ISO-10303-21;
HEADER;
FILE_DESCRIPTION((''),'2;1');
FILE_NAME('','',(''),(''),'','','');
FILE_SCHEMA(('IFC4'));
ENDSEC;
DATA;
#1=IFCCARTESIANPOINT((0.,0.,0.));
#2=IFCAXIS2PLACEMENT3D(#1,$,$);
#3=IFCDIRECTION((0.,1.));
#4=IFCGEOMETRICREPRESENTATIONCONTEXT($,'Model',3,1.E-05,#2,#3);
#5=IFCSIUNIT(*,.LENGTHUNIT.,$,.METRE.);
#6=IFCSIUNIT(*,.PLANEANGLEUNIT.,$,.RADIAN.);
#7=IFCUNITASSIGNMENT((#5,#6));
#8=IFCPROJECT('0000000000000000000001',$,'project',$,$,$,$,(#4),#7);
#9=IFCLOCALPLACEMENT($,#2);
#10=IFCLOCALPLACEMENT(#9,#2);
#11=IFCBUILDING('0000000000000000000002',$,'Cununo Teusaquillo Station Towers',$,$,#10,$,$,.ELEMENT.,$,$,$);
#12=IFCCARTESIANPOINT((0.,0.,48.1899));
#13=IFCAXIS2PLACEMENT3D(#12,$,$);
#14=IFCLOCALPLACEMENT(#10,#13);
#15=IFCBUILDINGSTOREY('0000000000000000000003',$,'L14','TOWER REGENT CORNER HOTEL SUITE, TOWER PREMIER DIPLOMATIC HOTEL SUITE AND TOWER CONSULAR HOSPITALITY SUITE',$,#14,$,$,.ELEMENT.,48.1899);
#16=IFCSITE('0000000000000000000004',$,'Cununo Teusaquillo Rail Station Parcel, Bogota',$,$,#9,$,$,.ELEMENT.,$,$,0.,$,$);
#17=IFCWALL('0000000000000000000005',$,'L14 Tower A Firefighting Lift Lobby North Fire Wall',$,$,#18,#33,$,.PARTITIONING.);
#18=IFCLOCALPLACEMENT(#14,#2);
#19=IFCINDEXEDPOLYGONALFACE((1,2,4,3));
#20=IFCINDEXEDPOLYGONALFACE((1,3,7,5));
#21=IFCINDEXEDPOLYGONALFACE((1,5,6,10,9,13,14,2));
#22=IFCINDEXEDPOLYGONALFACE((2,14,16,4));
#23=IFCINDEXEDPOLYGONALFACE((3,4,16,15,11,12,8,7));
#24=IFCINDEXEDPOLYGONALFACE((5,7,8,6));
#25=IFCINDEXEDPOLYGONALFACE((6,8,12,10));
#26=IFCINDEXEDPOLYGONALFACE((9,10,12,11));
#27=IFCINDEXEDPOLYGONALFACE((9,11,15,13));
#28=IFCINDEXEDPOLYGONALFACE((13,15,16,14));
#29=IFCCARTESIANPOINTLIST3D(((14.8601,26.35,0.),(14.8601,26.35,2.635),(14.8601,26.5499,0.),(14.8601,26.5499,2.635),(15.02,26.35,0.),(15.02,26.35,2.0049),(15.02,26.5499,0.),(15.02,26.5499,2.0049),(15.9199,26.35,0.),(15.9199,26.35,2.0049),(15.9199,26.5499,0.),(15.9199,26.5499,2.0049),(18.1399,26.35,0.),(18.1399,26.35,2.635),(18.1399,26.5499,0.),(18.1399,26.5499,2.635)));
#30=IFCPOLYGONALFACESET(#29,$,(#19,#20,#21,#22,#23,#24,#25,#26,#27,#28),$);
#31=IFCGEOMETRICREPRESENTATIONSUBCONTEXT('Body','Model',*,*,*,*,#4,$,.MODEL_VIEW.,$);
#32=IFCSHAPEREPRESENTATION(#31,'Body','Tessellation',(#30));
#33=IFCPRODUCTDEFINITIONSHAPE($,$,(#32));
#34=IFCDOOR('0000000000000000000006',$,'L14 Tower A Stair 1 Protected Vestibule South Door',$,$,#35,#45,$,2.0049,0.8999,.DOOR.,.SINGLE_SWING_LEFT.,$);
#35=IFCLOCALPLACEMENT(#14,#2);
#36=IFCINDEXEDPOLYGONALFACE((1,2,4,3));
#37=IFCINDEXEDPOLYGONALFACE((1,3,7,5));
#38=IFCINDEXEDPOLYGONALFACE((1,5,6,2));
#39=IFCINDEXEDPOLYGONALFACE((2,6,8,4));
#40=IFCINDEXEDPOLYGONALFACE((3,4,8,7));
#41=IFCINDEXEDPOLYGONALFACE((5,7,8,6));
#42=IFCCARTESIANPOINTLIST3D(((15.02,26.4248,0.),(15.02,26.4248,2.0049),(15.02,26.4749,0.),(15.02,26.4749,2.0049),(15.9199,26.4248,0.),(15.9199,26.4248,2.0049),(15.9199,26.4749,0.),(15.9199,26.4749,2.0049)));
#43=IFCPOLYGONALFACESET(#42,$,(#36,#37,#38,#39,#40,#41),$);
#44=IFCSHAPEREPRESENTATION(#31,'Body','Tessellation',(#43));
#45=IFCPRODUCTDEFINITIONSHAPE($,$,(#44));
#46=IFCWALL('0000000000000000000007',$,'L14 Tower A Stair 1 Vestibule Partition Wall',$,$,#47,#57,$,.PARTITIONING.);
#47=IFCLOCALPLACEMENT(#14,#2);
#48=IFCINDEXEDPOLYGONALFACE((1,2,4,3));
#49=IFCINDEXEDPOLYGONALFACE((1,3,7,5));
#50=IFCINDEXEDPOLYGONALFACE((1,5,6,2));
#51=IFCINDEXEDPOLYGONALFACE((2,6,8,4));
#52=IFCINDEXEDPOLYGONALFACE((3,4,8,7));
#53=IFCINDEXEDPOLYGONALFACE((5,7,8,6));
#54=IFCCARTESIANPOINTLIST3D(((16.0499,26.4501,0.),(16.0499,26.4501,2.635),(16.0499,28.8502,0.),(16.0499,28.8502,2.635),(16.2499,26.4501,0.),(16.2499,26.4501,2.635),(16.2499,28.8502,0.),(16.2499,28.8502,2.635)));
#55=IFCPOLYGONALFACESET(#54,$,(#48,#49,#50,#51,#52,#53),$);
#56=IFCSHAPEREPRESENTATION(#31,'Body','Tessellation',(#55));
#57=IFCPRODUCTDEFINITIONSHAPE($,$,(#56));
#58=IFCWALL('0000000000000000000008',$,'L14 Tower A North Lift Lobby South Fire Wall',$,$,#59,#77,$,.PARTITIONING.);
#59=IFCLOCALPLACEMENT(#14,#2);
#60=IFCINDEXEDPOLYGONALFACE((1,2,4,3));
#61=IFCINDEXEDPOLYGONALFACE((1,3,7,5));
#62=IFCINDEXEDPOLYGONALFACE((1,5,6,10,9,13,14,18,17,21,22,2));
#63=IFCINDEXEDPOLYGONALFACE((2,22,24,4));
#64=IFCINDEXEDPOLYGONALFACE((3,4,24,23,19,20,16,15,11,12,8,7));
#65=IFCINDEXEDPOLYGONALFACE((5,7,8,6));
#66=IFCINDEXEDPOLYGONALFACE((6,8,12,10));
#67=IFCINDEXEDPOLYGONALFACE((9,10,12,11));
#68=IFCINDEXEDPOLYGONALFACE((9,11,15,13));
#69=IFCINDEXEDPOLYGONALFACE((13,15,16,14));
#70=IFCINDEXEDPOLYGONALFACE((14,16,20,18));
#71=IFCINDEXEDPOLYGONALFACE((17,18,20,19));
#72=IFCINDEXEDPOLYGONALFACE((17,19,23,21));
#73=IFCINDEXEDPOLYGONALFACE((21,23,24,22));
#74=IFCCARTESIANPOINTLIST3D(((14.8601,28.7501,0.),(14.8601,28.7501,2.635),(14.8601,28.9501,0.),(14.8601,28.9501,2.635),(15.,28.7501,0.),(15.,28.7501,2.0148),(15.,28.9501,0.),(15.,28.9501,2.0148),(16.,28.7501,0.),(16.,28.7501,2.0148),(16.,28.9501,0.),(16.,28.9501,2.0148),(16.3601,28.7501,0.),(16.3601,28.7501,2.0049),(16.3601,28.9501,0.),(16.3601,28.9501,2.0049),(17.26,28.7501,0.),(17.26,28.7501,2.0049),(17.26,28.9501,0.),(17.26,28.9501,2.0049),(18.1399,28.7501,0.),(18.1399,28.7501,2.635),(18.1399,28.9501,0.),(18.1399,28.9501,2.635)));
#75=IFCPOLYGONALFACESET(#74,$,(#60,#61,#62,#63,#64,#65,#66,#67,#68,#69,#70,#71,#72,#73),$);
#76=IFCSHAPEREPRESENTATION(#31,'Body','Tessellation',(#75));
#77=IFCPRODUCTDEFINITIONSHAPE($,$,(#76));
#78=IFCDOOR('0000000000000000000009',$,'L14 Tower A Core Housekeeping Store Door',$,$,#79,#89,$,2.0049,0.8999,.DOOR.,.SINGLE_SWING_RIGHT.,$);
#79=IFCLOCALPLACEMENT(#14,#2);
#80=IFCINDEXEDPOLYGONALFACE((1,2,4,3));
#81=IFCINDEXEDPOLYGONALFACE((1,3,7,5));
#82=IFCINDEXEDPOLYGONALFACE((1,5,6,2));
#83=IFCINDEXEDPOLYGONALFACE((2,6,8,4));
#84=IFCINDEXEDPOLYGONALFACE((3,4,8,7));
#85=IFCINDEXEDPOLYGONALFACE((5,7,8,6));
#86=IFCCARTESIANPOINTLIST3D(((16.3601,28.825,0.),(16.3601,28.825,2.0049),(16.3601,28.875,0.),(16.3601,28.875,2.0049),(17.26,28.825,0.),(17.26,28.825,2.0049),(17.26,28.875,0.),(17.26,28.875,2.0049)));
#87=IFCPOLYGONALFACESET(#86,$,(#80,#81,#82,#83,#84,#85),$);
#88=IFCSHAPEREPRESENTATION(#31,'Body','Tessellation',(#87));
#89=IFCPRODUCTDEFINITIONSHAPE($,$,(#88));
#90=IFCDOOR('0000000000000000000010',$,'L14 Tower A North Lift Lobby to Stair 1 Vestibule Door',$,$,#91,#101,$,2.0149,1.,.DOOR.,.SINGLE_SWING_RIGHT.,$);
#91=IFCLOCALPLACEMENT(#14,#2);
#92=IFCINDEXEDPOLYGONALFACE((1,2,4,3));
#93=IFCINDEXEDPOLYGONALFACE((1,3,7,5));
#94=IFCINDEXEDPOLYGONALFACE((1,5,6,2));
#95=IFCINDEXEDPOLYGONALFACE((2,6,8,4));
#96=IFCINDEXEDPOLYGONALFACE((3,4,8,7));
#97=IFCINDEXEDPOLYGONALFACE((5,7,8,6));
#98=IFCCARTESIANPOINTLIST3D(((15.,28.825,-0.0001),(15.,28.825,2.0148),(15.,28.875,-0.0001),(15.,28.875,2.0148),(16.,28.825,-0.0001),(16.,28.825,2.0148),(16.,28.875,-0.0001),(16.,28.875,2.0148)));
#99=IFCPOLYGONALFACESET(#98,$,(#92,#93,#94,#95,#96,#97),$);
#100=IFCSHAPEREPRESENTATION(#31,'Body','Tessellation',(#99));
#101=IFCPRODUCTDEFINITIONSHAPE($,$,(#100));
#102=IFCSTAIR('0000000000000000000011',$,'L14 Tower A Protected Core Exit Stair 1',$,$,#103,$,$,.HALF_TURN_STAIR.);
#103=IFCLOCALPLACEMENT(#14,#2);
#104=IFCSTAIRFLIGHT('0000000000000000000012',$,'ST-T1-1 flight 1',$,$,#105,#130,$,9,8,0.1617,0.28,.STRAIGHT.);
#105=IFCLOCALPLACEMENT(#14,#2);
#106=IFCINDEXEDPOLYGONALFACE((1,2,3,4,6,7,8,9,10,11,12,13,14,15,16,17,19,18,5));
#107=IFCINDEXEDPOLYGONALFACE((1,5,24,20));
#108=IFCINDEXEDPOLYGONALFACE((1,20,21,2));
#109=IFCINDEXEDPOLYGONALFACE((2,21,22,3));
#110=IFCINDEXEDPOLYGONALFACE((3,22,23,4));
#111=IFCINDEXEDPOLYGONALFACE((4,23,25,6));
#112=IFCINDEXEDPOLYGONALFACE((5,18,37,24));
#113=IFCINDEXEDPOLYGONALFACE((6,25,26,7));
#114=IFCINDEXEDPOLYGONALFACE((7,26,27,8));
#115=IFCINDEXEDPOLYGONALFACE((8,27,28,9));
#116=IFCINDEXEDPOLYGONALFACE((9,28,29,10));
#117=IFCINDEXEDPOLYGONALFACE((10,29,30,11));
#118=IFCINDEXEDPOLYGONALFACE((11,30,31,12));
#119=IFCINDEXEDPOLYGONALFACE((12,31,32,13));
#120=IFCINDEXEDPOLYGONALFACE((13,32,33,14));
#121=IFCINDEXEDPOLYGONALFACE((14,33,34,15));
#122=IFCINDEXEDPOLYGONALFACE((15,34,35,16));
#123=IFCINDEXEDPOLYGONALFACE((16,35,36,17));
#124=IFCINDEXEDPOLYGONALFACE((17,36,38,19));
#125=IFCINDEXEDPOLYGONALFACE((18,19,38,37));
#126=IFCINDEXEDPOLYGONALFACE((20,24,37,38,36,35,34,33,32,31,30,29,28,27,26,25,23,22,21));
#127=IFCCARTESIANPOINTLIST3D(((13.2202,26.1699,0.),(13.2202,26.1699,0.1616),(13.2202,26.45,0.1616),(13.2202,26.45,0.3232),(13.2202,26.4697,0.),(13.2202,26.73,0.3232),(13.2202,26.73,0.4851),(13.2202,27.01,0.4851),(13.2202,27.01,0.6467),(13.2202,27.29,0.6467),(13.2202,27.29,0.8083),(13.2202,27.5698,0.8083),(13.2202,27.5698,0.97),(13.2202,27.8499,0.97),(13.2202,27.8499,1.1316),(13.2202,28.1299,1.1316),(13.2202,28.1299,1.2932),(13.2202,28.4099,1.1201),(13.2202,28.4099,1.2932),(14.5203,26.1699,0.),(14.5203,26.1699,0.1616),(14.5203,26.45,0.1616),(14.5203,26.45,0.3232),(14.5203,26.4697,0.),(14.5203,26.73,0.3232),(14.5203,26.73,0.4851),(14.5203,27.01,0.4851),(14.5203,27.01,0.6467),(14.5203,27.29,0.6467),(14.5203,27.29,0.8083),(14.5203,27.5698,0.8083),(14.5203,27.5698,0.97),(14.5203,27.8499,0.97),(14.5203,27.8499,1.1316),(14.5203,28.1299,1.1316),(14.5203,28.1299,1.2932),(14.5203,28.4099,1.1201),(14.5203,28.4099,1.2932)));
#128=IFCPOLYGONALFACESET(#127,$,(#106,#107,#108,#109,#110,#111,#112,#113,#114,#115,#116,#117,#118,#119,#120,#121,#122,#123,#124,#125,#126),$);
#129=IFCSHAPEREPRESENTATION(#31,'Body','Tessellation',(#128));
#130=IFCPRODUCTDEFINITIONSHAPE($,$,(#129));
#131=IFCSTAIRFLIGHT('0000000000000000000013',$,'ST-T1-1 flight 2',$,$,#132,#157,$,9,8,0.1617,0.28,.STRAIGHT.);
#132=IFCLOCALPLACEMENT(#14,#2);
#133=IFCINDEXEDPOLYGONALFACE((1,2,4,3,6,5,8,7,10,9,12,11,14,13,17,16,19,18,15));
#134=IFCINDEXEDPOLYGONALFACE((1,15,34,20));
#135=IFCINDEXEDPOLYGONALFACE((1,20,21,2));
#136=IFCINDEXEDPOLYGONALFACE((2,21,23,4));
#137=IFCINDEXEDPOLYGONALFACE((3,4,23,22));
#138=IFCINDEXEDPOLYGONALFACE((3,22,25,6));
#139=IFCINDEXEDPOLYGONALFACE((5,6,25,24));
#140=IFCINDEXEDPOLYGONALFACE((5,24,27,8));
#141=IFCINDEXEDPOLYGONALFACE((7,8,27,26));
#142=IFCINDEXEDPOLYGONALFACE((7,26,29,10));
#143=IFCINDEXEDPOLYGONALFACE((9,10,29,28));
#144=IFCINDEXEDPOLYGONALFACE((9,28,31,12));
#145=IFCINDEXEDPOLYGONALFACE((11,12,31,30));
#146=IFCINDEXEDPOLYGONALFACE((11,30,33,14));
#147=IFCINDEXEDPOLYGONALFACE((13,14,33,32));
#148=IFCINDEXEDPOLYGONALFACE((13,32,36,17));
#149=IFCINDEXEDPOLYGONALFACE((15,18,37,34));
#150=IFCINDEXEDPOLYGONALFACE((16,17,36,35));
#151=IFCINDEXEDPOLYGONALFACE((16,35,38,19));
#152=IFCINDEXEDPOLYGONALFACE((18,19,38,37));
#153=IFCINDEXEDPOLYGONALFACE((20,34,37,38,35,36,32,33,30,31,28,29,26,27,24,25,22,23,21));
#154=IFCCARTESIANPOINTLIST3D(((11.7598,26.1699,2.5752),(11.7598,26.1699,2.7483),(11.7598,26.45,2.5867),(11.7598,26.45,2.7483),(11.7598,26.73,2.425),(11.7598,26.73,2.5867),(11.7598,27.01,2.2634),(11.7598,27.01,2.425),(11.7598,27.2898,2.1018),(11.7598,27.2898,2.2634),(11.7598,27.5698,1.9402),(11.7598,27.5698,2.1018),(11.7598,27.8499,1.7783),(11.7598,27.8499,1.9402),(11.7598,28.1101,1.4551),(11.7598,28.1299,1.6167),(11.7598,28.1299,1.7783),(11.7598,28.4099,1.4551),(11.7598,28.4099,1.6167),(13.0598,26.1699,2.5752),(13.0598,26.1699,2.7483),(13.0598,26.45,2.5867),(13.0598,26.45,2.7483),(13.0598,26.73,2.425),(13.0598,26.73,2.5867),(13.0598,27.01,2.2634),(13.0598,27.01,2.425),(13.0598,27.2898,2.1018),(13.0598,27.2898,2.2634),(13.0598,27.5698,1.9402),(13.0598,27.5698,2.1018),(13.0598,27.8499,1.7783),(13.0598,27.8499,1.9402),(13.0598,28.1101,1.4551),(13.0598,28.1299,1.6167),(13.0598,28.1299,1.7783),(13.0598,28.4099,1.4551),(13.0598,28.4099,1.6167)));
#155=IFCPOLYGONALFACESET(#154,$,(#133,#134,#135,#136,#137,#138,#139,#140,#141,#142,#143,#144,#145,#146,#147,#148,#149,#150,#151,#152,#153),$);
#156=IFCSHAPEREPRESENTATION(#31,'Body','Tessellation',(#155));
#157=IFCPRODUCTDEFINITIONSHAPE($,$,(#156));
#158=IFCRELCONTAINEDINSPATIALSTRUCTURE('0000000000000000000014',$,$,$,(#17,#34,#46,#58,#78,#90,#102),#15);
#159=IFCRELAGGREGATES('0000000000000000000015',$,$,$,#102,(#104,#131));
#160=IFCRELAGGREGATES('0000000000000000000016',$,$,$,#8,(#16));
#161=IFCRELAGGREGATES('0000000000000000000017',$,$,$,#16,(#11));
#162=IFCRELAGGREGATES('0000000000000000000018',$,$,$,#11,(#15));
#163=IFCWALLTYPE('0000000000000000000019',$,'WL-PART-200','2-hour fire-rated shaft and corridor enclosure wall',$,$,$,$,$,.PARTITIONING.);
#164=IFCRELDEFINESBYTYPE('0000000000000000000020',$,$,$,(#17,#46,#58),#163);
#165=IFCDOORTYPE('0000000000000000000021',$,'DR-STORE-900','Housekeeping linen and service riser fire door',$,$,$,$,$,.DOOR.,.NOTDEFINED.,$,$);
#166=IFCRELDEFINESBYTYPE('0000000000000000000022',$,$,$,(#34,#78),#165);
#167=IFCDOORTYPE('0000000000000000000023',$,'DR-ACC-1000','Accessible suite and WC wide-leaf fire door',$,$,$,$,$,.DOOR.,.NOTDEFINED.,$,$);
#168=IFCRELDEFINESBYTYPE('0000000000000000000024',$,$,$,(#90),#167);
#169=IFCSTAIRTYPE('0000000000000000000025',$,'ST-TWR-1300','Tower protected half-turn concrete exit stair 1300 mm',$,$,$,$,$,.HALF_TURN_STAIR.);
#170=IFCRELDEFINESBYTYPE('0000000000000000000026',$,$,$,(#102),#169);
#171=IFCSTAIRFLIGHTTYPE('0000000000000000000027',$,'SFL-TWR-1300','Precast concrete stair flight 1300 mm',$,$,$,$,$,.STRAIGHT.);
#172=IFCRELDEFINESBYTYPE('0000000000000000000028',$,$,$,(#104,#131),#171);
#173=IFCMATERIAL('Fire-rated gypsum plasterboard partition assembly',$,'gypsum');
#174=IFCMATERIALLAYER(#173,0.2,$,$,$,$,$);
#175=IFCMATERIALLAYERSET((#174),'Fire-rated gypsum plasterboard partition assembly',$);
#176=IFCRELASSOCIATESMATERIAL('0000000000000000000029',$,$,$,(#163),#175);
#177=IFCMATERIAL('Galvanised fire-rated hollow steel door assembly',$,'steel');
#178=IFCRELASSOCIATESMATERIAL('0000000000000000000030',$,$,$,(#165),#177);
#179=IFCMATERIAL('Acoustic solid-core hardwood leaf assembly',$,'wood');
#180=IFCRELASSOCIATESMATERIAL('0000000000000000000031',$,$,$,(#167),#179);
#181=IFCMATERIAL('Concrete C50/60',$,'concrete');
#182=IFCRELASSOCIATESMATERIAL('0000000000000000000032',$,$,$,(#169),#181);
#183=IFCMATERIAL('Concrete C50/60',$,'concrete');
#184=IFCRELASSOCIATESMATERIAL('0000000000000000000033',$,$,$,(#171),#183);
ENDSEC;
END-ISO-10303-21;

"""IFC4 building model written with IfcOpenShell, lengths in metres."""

from ifc_helpers import new_model, si_unit, direction, frame, frame_2d, origin, place, context, subcontext, project, spatial, polyline, rectangle, outline, extrude, source, transform, mapped, material, layer, layer_set, type_object, element, fill, aggregate, save


model = new_model("IFC4")

# Units and contexts
model_context = context("Model", 3, precision=1e-05, world=origin(), true_north=direction((0.0, 1.0)))
body_context = subcontext(model_context, "Body", "Model", "MODEL_VIEW")
ifc_project = project(units=[si_unit("LENGTHUNIT", "METRE"), si_unit("PLANEANGLEUNIT", "RADIAN")], contexts=[model_context])

# Site, building, storey
site_placement = place(None, origin())
site = spatial("IfcSite", under=ifc_project, at=site_placement, Name="Cununo Teusaquillo Rail Station Parcel, Bogota", CompositionType="ELEMENT", RefElevation=0.0)
building_placement = place(site_placement, origin())
building = spatial("IfcBuilding", under=site, at=building_placement, Name="Cununo Teusaquillo Station Towers", CompositionType="ELEMENT")
storey_placement = place(building_placement, frame((0.0, 0.0, 48.1899)))
storey = spatial("IfcBuildingStorey", under=building, at=storey_placement, Name="L14", Description="TOWER REGENT CORNER HOTEL SUITE, TOWER PREMIER DIPLOMATIC HOTEL SUITE AND TOWER CONSULAR HOSPITALITY SUITE", CompositionType="ELEMENT", Elevation=48.1899)

# Shared definitions
shared_shape_1 = source(origin(), body_context, "Body", "SweptSolid", [
    extrude(rectangle(XDim=0.8999, YDim=2.0049, at=frame_2d((0.45, 1.0024))), frame((0.0, 0.0249, 0.0), z_axis=(0.0, -1.0, 0.0), x_axis=(1.0, 0.0, 0.0)), (0.0, 0.0, 1.0), 0.05),
])

# Wall, opening, door
ifc_material_1 = material(Name="Fire-rated gypsum plasterboard partition assembly", Category="gypsum")
ifc_layer_1 = layer(ifc_material_1, 0.2)
ifc_layer_set_1 = layer_set([ifc_layer_1], Name="Fire-rated gypsum plasterboard partition assembly")
wall_type_1 = type_object("IfcWallType", Name="WL-PART-200", Description="2-hour fire-rated shaft and corridor enclosure wall", PredefinedType="PARTITIONING", material=ifc_layer_set_1)
wall_1_placement = place(storey_placement, frame((14.8601, 26.45, 0.0), z_axis=(0.0, 0.0, 1.0), x_axis=(1.0, 0.0, 0.0)))
wall_1 = element("IfcWall", 1, at=wall_1_placement, inside=storey, type_object=wall_type_1, Name="L14 Tower A Firefighting Lift Lobby North Fire Wall", PredefinedType="PARTITIONING", context=body_context, shape_type="SweptSolid", body=[
    extrude(rectangle(XDim=3.2798, YDim=0.2, at=frame_2d((1.6399, 0.0))), origin(), (0.0, 0.0, 1.0), 2.635),
])
shared_shape_2 = source(origin(), body_context, "Body", "SweptSolid", [
    extrude(rectangle(XDim=0.8999, YDim=2.0049, at=frame_2d((0.45, 1.0024))), frame((0.0, 0.1099, 0.0), z_axis=(0.0, -1.0, 0.0), x_axis=(1.0, 0.0, 0.0)), (0.0, 0.0, 1.0), 0.22),
])
opening_1_placement = place(wall_1_placement, frame((0.1599, 0.0, 0.0)))
opening_1 = element("IfcOpeningElement", 2, at=opening_1_placement, cuts=wall_1, PredefinedType="OPENING", context=body_context, shape_type="MappedRepresentation", body=[
    mapped(shared_shape_2, transform((0.0, 0.0, 0.0), x_axis=(1.0, 0.0, 0.0), y_axis=(0.0, 1.0, 0.0), z_axis=(0.0, 0.0, 1.0), scale=1.0)),
])
ifc_material_2 = material(Name="Galvanised fire-rated hollow steel door assembly", Category="steel")
door_type_1 = type_object("IfcDoorType", Name="DR-STORE-900", Description="Housekeeping linen and service riser fire door", OperationType="NOTDEFINED", PredefinedType="DOOR", material=ifc_material_2)
door_1_placement = place(opening_1_placement, origin())
door_1 = element("IfcDoor", 3, at=door_1_placement, inside=storey, type_object=door_type_1, Name="L14 Tower A Stair 1 Protected Vestibule South Door", OperationType="SINGLE_SWING_LEFT", OverallHeight=2.0049, OverallWidth=0.8999, PredefinedType="DOOR", context=body_context, shape_type="MappedRepresentation", body=[
    mapped(shared_shape_1, transform((0.0, 0.0, 0.0), x_axis=(1.0, 0.0, 0.0), y_axis=(0.0, 1.0, 0.0), z_axis=(0.0, 0.0, 1.0), scale=1.0)),
])
fill(opening_1, door_1)

# Wall
wall_2_placement = place(storey_placement, frame((16.1499, 26.45, 0.0), z_axis=(0.0, 0.0, 1.0), x_axis=(0.0, 1.0, 0.0)))
element("IfcWall", 4, at=wall_2_placement, inside=storey, type_object=wall_type_1, Name="L14 Tower A Stair 1 Vestibule Partition Wall", PredefinedType="PARTITIONING", context=body_context, shape_type="SweptSolid", body=[
    extrude(rectangle(XDim=2.4001, YDim=0.2, at=frame_2d((1.2002, 0.0))), origin(), (0.0, 0.0, 1.0), 2.635),
])

# Wall, openings, doors
wall_3_placement = place(storey_placement, frame((14.8601, 28.8501, 0.0), z_axis=(0.0, 0.0, 1.0), x_axis=(1.0, 0.0, 0.0)))
wall_3 = element("IfcWall", 5, at=wall_3_placement, inside=storey, type_object=wall_type_1, Name="L14 Tower A North Lift Lobby South Fire Wall", PredefinedType="PARTITIONING", context=body_context, shape_type="SweptSolid", body=[
    extrude(rectangle(XDim=3.2798, YDim=0.2, at=frame_2d((1.6399, 0.0))), origin(), (0.0, 0.0, 1.0), 2.635),
])
shared_shape_3 = source(origin(), body_context, "Body", "SweptSolid", [
    extrude(rectangle(XDim=1.0, YDim=2.0149, at=frame_2d((0.5, 1.0073))), frame((0.0, 0.1099, 0.0), z_axis=(0.0, -1.0, 0.0), x_axis=(1.0, 0.0, 0.0)), (0.0, 0.0, 1.0), 0.22),
])
opening_2_placement = place(wall_3_placement, frame((0.1399, 0.0, 0.0)))
opening_2 = element("IfcOpeningElement", 6, at=opening_2_placement, cuts=wall_3, PredefinedType="OPENING", context=body_context, shape_type="MappedRepresentation", body=[
    mapped(shared_shape_3, transform((0.0, 0.0, 0.0), x_axis=(1.0, 0.0, 0.0), y_axis=(0.0, 1.0, 0.0), z_axis=(0.0, 0.0, 1.0), scale=1.0)),
])
opening_3_placement = place(wall_3_placement, frame((1.5, 0.0, 0.0)))
opening_3 = element("IfcOpeningElement", 7, at=opening_3_placement, cuts=wall_3, PredefinedType="OPENING", context=body_context, shape_type="MappedRepresentation", body=[
    mapped(shared_shape_2, transform((0.0, 0.0, 0.0), x_axis=(1.0, 0.0, 0.0), y_axis=(0.0, 1.0, 0.0), z_axis=(0.0, 0.0, 1.0), scale=1.0)),
])
door_2_placement = place(opening_3_placement, origin())
door_2 = element("IfcDoor", 8, at=door_2_placement, inside=storey, type_object=door_type_1, Name="L14 Tower A Core Housekeeping Store Door", OperationType="SINGLE_SWING_RIGHT", OverallHeight=2.0049, OverallWidth=0.8999, PredefinedType="DOOR", context=body_context, shape_type="MappedRepresentation", body=[
    mapped(shared_shape_1, transform((0.0, 0.0, 0.0), x_axis=(1.0, 0.0, 0.0), y_axis=(0.0, 1.0, 0.0), z_axis=(0.0, 0.0, 1.0), scale=1.0)),
])
fill(opening_3, door_2)
ifc_material_3 = material(Name="Acoustic solid-core hardwood leaf assembly", Category="wood")
door_type_2 = type_object("IfcDoorType", Name="DR-ACC-1000", Description="Accessible suite and WC wide-leaf fire door", OperationType="NOTDEFINED", PredefinedType="DOOR", material=ifc_material_3)
shared_shape_4 = source(origin(), body_context, "Body", "SweptSolid", [
    extrude(rectangle(XDim=1.0, YDim=2.0149, at=frame_2d((0.5, 1.0073))), frame((0.0, 0.0249, 0.0), z_axis=(0.0, -1.0, 0.0), x_axis=(1.0, 0.0, 0.0)), (0.0, 0.0, 1.0), 0.05),
])
door_3_placement = place(opening_2_placement, origin())
door_3 = element("IfcDoor", 9, at=door_3_placement, inside=storey, type_object=door_type_2, Name="L14 Tower A North Lift Lobby to Stair 1 Vestibule Door", OperationType="SINGLE_SWING_RIGHT", OverallHeight=2.0149, OverallWidth=1.0, PredefinedType="DOOR", context=body_context, shape_type="MappedRepresentation", body=[
    mapped(shared_shape_4, transform((0.0, 0.0, 0.0), x_axis=(1.0, 0.0, 0.0), y_axis=(0.0, 1.0, 0.0), z_axis=(0.0, 0.0, 1.0), scale=1.0)),
])
fill(opening_2, door_3)

# Stair, stair flights
ifc_material_4 = material(Name="Concrete C50/60", Category="concrete")
stair_type = type_object("IfcStairType", Name="ST-TWR-1300", Description="Tower protected half-turn concrete exit stair 1300 mm", PredefinedType="HALF_TURN_STAIR", material=ifc_material_4)
stair_placement = place(storey_placement, origin())
stair = element("IfcStair", 10, at=stair_placement, inside=storey, type_object=stair_type, Name="L14 Tower A Protected Core Exit Stair 1", PredefinedType="HALF_TURN_STAIR")
ifc_material_5 = material(Name="Concrete C50/60", Category="concrete")
stair_flight_type = type_object("IfcStairFlightType", Name="SFL-TWR-1300", Description="Precast concrete stair flight 1300 mm", PredefinedType="STRAIGHT", material=ifc_material_5)
stair_flight_1_placement = place(storey_placement, frame((13.8701, 26.1699, 0.0), z_axis=(0.0, 0.0, 1.0), x_axis=(0.0, 1.0, 0.0)))
stair_flight_1 = element("IfcStairFlight", 11, at=stair_flight_1_placement, type_object=stair_flight_type, Name="ST-T1-1 flight 1", NumberOfRisers=9, NumberOfTreads=8, PredefinedType="STRAIGHT", RiserHeight=0.1617, TreadLength=0.28, context=body_context, shape_type="SweptSolid", body=[
    extrude(outline(polyline([(0.0, 0.0), (0.0, 0.1616), (0.28, 0.1616), (0.28, 0.3232), (0.5601, 0.3232), (0.5601, 0.4851), (0.8401, 0.4851), (0.8401, 0.6467), (1.1201, 0.6467), (1.1201, 0.8083), (1.3999, 0.8083), (1.3999, 0.97), (1.6799, 0.97), (1.6799, 1.1316), (1.96, 1.1316), (1.96, 1.2932), (2.24, 1.2932), (2.24, 1.4551), (2.24, 1.1201), (0.2998, 0.0), (0.0, 0.0)])), frame((0.0, 0.6499, 0.0), z_axis=(0.0, -1.0, 0.0), x_axis=(1.0, 0.0, 0.0)), (0.0, 0.0, 1.0), 1.3),
])
stair_flight_2_placement = place(storey_placement, frame((12.4099, 28.4099, 1.4551), z_axis=(0.0, 0.0, 1.0), x_axis=(0.0, -1.0, 0.0)))
stair_flight_2 = element("IfcStairFlight", 12, at=stair_flight_2_placement, type_object=stair_flight_type, Name="ST-T1-1 flight 2", NumberOfRisers=9, NumberOfTreads=8, PredefinedType="STRAIGHT", RiserHeight=0.1617, TreadLength=0.28, context=body_context, shape_type="SweptSolid", body=[
    extrude(outline(polyline([(0.0, 0.0), (0.0, 0.1616), (0.28, 0.1616), (0.28, 0.3232), (0.5601, 0.3232), (0.5601, 0.4851), (0.8401, 0.4851), (0.8401, 0.6467), (1.1201, 0.6467), (1.1201, 0.8083), (1.3999, 0.8083), (1.3999, 0.97), (1.6799, 0.97), (1.6799, 1.1316), (1.96, 1.1316), (1.96, 1.2932), (2.24, 1.2932), (2.24, 1.4551), (2.24, 1.1201), (0.2998, 0.0), (0.0, 0.0)])), frame((0.0, 0.6499, 0.0), z_axis=(0.0, -1.0, 0.0), x_axis=(1.0, 0.0, 0.0)), (0.0, 0.0, 1.0), 1.3),
])
aggregate(stair, [stair_flight_1, stair_flight_2])

save(model, "model.ifc")
